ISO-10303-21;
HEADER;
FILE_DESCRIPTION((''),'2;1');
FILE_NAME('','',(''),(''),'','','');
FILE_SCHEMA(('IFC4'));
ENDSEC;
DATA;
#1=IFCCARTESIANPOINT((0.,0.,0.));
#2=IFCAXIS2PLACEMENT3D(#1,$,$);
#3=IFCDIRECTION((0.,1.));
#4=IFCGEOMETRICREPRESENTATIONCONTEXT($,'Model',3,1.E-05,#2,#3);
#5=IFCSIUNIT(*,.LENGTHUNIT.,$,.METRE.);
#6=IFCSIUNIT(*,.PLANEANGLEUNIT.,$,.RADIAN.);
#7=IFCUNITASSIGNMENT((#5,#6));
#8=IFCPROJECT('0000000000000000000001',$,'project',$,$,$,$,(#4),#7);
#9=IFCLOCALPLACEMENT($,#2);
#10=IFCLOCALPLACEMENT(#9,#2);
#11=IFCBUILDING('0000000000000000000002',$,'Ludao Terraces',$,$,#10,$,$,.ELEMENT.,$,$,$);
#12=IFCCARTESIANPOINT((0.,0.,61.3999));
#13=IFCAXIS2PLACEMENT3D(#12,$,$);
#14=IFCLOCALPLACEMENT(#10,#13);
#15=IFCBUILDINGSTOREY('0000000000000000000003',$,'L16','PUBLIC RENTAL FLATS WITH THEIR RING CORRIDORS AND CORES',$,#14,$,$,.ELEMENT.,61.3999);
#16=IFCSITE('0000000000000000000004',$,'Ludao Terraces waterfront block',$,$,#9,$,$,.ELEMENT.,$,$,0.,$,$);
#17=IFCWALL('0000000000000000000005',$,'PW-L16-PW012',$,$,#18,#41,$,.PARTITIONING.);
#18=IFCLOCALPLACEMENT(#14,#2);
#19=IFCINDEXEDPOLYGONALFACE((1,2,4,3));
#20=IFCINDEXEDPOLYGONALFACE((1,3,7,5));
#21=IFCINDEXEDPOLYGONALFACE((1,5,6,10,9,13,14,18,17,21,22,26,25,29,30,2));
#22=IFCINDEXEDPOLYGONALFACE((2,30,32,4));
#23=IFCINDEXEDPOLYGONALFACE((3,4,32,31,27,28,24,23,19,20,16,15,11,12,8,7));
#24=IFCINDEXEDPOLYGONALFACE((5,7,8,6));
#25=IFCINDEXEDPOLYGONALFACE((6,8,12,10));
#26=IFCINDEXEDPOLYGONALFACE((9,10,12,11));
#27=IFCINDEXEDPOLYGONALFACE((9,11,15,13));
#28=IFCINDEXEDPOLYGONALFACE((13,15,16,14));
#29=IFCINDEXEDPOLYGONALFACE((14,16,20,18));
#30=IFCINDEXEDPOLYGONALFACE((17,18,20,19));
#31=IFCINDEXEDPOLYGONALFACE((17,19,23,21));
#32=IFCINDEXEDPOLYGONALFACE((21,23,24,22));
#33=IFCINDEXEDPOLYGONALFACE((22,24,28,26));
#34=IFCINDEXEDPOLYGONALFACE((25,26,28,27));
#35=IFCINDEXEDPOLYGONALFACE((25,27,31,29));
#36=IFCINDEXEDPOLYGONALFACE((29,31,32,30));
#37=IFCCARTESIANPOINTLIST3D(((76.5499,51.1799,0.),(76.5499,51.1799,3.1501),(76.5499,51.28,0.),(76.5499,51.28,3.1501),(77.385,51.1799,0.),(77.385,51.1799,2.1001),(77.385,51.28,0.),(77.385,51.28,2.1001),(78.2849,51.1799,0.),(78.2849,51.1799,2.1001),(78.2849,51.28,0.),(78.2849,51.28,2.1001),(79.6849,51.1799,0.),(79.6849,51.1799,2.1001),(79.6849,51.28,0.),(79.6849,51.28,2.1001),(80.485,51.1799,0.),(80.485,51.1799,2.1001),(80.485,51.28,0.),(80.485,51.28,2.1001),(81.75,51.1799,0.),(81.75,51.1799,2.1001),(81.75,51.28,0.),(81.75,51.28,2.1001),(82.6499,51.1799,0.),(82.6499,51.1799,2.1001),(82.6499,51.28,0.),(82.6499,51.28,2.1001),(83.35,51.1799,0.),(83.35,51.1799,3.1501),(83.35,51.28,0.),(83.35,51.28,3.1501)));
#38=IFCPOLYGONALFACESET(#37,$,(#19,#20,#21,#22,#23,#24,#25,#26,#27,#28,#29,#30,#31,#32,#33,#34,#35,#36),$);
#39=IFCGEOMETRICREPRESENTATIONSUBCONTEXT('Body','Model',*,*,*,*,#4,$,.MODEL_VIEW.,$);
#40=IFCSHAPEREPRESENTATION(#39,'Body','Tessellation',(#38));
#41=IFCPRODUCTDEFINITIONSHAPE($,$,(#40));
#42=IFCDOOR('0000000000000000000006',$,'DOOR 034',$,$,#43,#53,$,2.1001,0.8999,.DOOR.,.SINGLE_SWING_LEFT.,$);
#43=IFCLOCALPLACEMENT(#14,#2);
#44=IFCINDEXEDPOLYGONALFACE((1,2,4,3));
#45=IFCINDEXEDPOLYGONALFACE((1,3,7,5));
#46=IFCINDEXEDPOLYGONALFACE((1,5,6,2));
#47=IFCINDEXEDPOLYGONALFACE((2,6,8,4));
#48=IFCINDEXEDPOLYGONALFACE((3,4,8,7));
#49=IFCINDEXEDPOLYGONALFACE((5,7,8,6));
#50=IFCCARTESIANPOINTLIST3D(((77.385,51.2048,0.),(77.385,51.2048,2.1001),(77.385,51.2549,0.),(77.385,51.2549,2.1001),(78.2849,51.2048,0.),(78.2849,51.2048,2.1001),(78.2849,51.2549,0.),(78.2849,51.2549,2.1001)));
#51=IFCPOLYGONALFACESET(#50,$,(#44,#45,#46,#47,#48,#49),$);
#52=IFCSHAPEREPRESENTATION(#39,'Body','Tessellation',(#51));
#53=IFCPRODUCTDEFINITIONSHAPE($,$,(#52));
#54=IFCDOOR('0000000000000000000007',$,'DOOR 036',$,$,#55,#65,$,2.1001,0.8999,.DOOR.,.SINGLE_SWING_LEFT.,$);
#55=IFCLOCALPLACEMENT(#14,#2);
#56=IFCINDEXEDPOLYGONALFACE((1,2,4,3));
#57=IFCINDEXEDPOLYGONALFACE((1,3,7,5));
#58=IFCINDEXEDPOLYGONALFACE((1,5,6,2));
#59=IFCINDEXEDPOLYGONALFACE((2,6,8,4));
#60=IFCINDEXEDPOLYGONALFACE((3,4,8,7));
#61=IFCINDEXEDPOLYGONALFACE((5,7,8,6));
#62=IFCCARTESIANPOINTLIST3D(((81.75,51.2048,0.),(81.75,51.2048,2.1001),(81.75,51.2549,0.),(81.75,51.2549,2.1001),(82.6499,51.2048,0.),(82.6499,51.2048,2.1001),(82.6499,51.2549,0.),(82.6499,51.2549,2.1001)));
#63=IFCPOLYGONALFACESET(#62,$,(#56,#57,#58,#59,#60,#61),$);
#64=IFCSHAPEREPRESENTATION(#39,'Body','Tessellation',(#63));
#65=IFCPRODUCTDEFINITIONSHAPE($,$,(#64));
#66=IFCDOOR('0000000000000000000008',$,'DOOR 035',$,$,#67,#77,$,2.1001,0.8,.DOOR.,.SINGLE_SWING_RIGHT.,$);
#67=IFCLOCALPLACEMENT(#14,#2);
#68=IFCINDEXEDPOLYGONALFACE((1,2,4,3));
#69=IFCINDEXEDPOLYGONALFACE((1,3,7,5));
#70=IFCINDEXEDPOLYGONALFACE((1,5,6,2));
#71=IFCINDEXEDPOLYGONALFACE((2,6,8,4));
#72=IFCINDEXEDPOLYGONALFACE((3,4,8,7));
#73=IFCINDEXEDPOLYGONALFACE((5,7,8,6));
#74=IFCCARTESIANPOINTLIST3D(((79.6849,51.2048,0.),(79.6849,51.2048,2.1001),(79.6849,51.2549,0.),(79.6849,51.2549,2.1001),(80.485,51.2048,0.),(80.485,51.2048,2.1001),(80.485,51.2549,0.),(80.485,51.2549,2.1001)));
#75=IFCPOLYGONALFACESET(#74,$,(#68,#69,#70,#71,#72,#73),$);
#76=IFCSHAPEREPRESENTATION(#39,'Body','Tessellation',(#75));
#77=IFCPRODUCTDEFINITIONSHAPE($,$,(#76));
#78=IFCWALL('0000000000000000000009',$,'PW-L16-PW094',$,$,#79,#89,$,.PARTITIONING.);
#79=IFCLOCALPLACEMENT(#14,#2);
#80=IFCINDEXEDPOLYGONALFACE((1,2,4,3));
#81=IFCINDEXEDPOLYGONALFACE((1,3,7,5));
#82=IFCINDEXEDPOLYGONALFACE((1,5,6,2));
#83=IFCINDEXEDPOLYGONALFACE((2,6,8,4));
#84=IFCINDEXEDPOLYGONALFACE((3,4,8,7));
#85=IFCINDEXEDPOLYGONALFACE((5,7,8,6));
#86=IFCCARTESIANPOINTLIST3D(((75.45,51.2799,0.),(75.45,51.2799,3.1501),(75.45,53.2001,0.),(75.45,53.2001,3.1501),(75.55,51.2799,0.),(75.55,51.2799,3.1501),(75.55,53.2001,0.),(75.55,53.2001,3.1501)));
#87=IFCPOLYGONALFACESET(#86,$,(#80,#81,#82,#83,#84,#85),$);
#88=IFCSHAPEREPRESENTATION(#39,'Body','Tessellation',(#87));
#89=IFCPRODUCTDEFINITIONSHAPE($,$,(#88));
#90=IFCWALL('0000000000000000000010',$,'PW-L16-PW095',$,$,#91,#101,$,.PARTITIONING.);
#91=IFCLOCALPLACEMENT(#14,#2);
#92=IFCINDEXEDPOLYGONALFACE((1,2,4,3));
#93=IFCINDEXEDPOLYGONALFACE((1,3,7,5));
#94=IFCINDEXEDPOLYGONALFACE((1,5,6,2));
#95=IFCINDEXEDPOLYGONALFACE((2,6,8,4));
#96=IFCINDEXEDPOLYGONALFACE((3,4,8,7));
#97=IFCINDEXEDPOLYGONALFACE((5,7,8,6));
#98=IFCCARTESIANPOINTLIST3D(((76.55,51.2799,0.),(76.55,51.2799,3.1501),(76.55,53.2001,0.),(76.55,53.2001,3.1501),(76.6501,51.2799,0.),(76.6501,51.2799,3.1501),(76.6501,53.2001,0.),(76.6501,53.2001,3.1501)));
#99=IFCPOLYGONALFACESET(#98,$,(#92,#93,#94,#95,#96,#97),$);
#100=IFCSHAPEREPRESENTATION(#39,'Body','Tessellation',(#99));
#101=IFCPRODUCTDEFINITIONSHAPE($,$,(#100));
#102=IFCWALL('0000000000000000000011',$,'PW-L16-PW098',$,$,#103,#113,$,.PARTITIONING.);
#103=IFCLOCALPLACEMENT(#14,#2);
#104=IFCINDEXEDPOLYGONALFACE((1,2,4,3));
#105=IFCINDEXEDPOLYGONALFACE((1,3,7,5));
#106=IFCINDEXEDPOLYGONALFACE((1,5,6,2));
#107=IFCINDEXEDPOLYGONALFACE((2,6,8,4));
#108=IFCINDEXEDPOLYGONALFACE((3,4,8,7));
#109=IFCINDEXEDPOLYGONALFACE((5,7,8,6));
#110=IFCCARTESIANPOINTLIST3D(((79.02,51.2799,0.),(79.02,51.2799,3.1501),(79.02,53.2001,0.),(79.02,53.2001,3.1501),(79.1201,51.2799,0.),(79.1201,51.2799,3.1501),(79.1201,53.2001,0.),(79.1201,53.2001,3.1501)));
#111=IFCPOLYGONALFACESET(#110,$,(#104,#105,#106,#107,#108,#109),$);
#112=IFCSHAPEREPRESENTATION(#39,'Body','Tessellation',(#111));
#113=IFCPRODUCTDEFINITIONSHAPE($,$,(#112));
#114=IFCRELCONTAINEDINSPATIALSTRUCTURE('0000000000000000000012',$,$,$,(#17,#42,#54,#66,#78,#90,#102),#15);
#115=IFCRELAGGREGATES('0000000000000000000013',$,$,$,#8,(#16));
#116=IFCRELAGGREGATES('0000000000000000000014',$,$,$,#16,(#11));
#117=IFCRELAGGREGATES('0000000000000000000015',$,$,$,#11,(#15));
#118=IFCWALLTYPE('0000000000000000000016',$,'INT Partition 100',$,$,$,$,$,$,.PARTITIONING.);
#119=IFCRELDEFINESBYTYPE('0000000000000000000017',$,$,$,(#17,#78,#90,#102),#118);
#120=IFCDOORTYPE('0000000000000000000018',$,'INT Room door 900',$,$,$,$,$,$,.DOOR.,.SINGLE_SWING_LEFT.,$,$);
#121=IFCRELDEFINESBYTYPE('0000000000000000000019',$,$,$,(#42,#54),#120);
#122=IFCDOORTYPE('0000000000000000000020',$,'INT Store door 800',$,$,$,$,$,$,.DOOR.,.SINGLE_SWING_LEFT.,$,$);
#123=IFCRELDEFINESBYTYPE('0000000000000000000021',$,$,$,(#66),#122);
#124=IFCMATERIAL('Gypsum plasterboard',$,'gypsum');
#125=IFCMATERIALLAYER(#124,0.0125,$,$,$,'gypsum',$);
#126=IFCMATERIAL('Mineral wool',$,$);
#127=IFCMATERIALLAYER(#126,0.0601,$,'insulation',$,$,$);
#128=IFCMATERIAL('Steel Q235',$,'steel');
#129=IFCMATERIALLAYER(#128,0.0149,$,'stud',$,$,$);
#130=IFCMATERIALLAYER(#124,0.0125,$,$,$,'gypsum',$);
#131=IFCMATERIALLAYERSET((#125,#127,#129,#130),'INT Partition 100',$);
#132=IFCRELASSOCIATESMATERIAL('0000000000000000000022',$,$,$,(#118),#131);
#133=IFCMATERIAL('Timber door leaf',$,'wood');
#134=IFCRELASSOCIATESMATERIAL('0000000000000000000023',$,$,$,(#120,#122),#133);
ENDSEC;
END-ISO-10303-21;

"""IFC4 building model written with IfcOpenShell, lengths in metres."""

from ifc_helpers import new_model, si_unit, direction, frame, frame_2d, origin, place, context, subcontext, project, spatial, rectangle, extrude, material, layer, layer_set, type_object, element, fill, save


model = new_model("IFC4")

# Units and contexts
model_context = context("Model", 3, precision=1e-05, world=origin(), true_north=direction((0.0, 1.0)))
body_context = subcontext(model_context, "Body", "Model", "MODEL_VIEW")
ifc_project = project(units=[si_unit("LENGTHUNIT", "METRE"), si_unit("PLANEANGLEUNIT", "RADIAN")], contexts=[model_context])

# Site, building, storey
site_placement = place(None, origin())
site = spatial("IfcSite", under=ifc_project, at=site_placement, Name="Ludao Terraces waterfront block", CompositionType="ELEMENT", RefElevation=0.0)
building_placement = place(site_placement, origin())
building = spatial("IfcBuilding", under=site, at=building_placement, Name="Ludao Terraces", CompositionType="ELEMENT")
storey_placement = place(building_placement, frame((0.0, 0.0, 61.3999)))
storey = spatial("IfcBuildingStorey", under=building, at=storey_placement, Name="L16", Description="PUBLIC RENTAL FLATS WITH THEIR RING CORRIDORS AND CORES", CompositionType="ELEMENT", Elevation=61.3999)

# Wall, openings, doors
ifc_material_1 = material(Name="Steel Q235", Category="steel")
ifc_material_2 = material(Name="Gypsum plasterboard", Category="gypsum")
ifc_layer_1 = layer(ifc_material_2, 0.0125, Category="gypsum")
ifc_material_3 = material(Name="Mineral wool")
ifc_layer_2 = layer(ifc_material_3, 0.0601, Name="insulation")
ifc_layer_3 = layer(ifc_material_1, 0.0149, Name="stud")
ifc_layer_4 = layer(ifc_material_2, 0.0125, Category="gypsum")
ifc_layer_set_1 = layer_set([ifc_layer_1, ifc_layer_2, ifc_layer_3, ifc_layer_4], Name="INT Partition 100")
wall_type_1 = type_object("IfcWallType", Name="INT Partition 100", PredefinedType="PARTITIONING", material=ifc_layer_set_1)
wall_1_placement = place(storey_placement, frame((76.55, 51.23, 0.0), z_axis=(0.0, 0.0, 1.0), x_axis=(1.0, 0.0, 0.0)))
wall_1 = element("IfcWall", 1, at=wall_1_placement, inside=storey, type_object=wall_type_1, Name="PW-L16-PW012", PredefinedType="PARTITIONING", context=body_context, shape_type="SweptSolid", body=[
    extrude(rectangle(XDim=6.8, YDim=0.1001, at=frame_2d((3.3999, 0.0))), origin(), (0.0, 0.0, 1.0), 3.1501),
])
opening_1_placement = place(wall_1_placement, frame((0.835, 0.0, 0.0)))
opening_1 = element("IfcOpeningElement", 2, at=opening_1_placement, cuts=wall_1, PredefinedType="OPENING", context=body_context, shape_type="SweptSolid", body=[
    extrude(rectangle(XDim=0.8999, YDim=2.1001, at=frame_2d((0.45, 1.05))), frame((0.0, 0.0601, 0.0), z_axis=(0.0, -1.0, 0.0), x_axis=(1.0, 0.0, 0.0)), (0.0, 0.0, 1.0), 0.1201),
])
opening_2_placement = place(wall_1_placement, frame((3.135, 0.0, 0.0)))
opening_2 = element("IfcOpeningElement", 3, at=opening_2_placement, cuts=wall_1, PredefinedType="OPENING", context=body_context, shape_type="SweptSolid", body=[
    extrude(rectangle(XDim=0.8, YDim=2.1001, at=frame_2d((0.3999, 1.05))), frame((0.0, 0.0601, 0.0), z_axis=(0.0, -1.0, 0.0), x_axis=(1.0, 0.0, 0.0)), (0.0, 0.0, 1.0), 0.1201),
])
opening_3_placement = place(wall_1_placement, frame((5.2, 0.0, 0.0)))
opening_3 = element("IfcOpeningElement", 4, at=opening_3_placement, cuts=wall_1, PredefinedType="OPENING", context=body_context, shape_type="SweptSolid", body=[
    extrude(rectangle(XDim=0.8999, YDim=2.1001, at=frame_2d((0.45, 1.05))), frame((0.0, 0.0601, 0.0), z_axis=(0.0, -1.0, 0.0), x_axis=(1.0, 0.0, 0.0)), (0.0, 0.0, 1.0), 0.1201),
])
ifc_material_4 = material(Name="Timber door leaf", Category="wood")
door_type_1 = type_object("IfcDoorType", Name="INT Room door 900", OperationType="SINGLE_SWING_LEFT", PredefinedType="DOOR", material=ifc_material_4)
door_1_placement = place(opening_1_placement, origin())
door_1 = element("IfcDoor", 5, at=door_1_placement, inside=storey, type_object=door_type_1, Name="DOOR 034", OperationType="SINGLE_SWING_LEFT", OverallHeight=2.1001, OverallWidth=0.8999, PredefinedType="DOOR", context=body_context, shape_type="SweptSolid", body=[
    extrude(rectangle(XDim=0.8999, YDim=2.1001, at=frame_2d((0.45, 1.05))), frame((0.0, 0.0249, 0.0), z_axis=(0.0, -1.0, 0.0), x_axis=(1.0, 0.0, 0.0)), (0.0, 0.0, 1.0), 0.05),
])
fill(opening_1, door_1)
door_2_placement = place(opening_3_placement, origin())
door_2 = element("IfcDoor", 6, at=door_2_placement, inside=storey, type_object=door_type_1, Name="DOOR 036", OperationType="SINGLE_SWING_LEFT", OverallHeight=2.1001, OverallWidth=0.8999, PredefinedType="DOOR", context=body_context, shape_type="SweptSolid", body=[
    extrude(rectangle(XDim=0.8999, YDim=2.1001, at=frame_2d((0.45, 1.05))), frame((0.0, 0.0249, 0.0), z_axis=(0.0, -1.0, 0.0), x_axis=(1.0, 0.0, 0.0)), (0.0, 0.0, 1.0), 0.05),
])
fill(opening_3, door_2)
door_type_2 = type_object("IfcDoorType", Name="INT Store door 800", OperationType="SINGLE_SWING_LEFT", PredefinedType="DOOR", material=ifc_material_4)
door_3_placement = place(opening_2_placement, origin())
door_3 = element("IfcDoor", 7, at=door_3_placement, inside=storey, type_object=door_type_2, Name="DOOR 035", OperationType="SINGLE_SWING_RIGHT", OverallHeight=2.1001, OverallWidth=0.8, PredefinedType="DOOR", context=body_context, shape_type="SweptSolid", body=[
    extrude(rectangle(XDim=0.8, YDim=2.1001, at=frame_2d((0.3999, 1.05))), frame((0.0, 0.0249, 0.0), z_axis=(0.0, -1.0, 0.0), x_axis=(1.0, 0.0, 0.0)), (0.0, 0.0, 1.0), 0.05),
])
fill(opening_2, door_3)

# Walls
for number, where, z_axis, x_axis, name in (
    (8, (75.5, 51.28, 0.0), (0.0, 0.0, 1.0), (0.0, 1.0, 0.0), "PW-L16-PW094"),
    (9, (76.6001, 51.28, 0.0), (0.0, 0.0, 1.0), (0.0, 1.0, 0.0), "PW-L16-PW095"),
    (10, (79.0701, 51.28, 0.0), (0.0, 0.0, 1.0), (0.0, 1.0, 0.0), "PW-L16-PW098"),
):
    element("IfcWall", number, at=place(storey_placement, frame(where, z_axis=z_axis, x_axis=x_axis)), inside=storey, type_object=wall_type_1, Name=name, PredefinedType="PARTITIONING", context=body_context, shape_type="SweptSolid", body=[
        extrude(rectangle(XDim=1.9202, YDim=0.1001, at=frame_2d((0.96, 0.0))), origin(), (0.0, 0.0, 1.0), 3.1501),
    ])

save(model, "model.ifc")
